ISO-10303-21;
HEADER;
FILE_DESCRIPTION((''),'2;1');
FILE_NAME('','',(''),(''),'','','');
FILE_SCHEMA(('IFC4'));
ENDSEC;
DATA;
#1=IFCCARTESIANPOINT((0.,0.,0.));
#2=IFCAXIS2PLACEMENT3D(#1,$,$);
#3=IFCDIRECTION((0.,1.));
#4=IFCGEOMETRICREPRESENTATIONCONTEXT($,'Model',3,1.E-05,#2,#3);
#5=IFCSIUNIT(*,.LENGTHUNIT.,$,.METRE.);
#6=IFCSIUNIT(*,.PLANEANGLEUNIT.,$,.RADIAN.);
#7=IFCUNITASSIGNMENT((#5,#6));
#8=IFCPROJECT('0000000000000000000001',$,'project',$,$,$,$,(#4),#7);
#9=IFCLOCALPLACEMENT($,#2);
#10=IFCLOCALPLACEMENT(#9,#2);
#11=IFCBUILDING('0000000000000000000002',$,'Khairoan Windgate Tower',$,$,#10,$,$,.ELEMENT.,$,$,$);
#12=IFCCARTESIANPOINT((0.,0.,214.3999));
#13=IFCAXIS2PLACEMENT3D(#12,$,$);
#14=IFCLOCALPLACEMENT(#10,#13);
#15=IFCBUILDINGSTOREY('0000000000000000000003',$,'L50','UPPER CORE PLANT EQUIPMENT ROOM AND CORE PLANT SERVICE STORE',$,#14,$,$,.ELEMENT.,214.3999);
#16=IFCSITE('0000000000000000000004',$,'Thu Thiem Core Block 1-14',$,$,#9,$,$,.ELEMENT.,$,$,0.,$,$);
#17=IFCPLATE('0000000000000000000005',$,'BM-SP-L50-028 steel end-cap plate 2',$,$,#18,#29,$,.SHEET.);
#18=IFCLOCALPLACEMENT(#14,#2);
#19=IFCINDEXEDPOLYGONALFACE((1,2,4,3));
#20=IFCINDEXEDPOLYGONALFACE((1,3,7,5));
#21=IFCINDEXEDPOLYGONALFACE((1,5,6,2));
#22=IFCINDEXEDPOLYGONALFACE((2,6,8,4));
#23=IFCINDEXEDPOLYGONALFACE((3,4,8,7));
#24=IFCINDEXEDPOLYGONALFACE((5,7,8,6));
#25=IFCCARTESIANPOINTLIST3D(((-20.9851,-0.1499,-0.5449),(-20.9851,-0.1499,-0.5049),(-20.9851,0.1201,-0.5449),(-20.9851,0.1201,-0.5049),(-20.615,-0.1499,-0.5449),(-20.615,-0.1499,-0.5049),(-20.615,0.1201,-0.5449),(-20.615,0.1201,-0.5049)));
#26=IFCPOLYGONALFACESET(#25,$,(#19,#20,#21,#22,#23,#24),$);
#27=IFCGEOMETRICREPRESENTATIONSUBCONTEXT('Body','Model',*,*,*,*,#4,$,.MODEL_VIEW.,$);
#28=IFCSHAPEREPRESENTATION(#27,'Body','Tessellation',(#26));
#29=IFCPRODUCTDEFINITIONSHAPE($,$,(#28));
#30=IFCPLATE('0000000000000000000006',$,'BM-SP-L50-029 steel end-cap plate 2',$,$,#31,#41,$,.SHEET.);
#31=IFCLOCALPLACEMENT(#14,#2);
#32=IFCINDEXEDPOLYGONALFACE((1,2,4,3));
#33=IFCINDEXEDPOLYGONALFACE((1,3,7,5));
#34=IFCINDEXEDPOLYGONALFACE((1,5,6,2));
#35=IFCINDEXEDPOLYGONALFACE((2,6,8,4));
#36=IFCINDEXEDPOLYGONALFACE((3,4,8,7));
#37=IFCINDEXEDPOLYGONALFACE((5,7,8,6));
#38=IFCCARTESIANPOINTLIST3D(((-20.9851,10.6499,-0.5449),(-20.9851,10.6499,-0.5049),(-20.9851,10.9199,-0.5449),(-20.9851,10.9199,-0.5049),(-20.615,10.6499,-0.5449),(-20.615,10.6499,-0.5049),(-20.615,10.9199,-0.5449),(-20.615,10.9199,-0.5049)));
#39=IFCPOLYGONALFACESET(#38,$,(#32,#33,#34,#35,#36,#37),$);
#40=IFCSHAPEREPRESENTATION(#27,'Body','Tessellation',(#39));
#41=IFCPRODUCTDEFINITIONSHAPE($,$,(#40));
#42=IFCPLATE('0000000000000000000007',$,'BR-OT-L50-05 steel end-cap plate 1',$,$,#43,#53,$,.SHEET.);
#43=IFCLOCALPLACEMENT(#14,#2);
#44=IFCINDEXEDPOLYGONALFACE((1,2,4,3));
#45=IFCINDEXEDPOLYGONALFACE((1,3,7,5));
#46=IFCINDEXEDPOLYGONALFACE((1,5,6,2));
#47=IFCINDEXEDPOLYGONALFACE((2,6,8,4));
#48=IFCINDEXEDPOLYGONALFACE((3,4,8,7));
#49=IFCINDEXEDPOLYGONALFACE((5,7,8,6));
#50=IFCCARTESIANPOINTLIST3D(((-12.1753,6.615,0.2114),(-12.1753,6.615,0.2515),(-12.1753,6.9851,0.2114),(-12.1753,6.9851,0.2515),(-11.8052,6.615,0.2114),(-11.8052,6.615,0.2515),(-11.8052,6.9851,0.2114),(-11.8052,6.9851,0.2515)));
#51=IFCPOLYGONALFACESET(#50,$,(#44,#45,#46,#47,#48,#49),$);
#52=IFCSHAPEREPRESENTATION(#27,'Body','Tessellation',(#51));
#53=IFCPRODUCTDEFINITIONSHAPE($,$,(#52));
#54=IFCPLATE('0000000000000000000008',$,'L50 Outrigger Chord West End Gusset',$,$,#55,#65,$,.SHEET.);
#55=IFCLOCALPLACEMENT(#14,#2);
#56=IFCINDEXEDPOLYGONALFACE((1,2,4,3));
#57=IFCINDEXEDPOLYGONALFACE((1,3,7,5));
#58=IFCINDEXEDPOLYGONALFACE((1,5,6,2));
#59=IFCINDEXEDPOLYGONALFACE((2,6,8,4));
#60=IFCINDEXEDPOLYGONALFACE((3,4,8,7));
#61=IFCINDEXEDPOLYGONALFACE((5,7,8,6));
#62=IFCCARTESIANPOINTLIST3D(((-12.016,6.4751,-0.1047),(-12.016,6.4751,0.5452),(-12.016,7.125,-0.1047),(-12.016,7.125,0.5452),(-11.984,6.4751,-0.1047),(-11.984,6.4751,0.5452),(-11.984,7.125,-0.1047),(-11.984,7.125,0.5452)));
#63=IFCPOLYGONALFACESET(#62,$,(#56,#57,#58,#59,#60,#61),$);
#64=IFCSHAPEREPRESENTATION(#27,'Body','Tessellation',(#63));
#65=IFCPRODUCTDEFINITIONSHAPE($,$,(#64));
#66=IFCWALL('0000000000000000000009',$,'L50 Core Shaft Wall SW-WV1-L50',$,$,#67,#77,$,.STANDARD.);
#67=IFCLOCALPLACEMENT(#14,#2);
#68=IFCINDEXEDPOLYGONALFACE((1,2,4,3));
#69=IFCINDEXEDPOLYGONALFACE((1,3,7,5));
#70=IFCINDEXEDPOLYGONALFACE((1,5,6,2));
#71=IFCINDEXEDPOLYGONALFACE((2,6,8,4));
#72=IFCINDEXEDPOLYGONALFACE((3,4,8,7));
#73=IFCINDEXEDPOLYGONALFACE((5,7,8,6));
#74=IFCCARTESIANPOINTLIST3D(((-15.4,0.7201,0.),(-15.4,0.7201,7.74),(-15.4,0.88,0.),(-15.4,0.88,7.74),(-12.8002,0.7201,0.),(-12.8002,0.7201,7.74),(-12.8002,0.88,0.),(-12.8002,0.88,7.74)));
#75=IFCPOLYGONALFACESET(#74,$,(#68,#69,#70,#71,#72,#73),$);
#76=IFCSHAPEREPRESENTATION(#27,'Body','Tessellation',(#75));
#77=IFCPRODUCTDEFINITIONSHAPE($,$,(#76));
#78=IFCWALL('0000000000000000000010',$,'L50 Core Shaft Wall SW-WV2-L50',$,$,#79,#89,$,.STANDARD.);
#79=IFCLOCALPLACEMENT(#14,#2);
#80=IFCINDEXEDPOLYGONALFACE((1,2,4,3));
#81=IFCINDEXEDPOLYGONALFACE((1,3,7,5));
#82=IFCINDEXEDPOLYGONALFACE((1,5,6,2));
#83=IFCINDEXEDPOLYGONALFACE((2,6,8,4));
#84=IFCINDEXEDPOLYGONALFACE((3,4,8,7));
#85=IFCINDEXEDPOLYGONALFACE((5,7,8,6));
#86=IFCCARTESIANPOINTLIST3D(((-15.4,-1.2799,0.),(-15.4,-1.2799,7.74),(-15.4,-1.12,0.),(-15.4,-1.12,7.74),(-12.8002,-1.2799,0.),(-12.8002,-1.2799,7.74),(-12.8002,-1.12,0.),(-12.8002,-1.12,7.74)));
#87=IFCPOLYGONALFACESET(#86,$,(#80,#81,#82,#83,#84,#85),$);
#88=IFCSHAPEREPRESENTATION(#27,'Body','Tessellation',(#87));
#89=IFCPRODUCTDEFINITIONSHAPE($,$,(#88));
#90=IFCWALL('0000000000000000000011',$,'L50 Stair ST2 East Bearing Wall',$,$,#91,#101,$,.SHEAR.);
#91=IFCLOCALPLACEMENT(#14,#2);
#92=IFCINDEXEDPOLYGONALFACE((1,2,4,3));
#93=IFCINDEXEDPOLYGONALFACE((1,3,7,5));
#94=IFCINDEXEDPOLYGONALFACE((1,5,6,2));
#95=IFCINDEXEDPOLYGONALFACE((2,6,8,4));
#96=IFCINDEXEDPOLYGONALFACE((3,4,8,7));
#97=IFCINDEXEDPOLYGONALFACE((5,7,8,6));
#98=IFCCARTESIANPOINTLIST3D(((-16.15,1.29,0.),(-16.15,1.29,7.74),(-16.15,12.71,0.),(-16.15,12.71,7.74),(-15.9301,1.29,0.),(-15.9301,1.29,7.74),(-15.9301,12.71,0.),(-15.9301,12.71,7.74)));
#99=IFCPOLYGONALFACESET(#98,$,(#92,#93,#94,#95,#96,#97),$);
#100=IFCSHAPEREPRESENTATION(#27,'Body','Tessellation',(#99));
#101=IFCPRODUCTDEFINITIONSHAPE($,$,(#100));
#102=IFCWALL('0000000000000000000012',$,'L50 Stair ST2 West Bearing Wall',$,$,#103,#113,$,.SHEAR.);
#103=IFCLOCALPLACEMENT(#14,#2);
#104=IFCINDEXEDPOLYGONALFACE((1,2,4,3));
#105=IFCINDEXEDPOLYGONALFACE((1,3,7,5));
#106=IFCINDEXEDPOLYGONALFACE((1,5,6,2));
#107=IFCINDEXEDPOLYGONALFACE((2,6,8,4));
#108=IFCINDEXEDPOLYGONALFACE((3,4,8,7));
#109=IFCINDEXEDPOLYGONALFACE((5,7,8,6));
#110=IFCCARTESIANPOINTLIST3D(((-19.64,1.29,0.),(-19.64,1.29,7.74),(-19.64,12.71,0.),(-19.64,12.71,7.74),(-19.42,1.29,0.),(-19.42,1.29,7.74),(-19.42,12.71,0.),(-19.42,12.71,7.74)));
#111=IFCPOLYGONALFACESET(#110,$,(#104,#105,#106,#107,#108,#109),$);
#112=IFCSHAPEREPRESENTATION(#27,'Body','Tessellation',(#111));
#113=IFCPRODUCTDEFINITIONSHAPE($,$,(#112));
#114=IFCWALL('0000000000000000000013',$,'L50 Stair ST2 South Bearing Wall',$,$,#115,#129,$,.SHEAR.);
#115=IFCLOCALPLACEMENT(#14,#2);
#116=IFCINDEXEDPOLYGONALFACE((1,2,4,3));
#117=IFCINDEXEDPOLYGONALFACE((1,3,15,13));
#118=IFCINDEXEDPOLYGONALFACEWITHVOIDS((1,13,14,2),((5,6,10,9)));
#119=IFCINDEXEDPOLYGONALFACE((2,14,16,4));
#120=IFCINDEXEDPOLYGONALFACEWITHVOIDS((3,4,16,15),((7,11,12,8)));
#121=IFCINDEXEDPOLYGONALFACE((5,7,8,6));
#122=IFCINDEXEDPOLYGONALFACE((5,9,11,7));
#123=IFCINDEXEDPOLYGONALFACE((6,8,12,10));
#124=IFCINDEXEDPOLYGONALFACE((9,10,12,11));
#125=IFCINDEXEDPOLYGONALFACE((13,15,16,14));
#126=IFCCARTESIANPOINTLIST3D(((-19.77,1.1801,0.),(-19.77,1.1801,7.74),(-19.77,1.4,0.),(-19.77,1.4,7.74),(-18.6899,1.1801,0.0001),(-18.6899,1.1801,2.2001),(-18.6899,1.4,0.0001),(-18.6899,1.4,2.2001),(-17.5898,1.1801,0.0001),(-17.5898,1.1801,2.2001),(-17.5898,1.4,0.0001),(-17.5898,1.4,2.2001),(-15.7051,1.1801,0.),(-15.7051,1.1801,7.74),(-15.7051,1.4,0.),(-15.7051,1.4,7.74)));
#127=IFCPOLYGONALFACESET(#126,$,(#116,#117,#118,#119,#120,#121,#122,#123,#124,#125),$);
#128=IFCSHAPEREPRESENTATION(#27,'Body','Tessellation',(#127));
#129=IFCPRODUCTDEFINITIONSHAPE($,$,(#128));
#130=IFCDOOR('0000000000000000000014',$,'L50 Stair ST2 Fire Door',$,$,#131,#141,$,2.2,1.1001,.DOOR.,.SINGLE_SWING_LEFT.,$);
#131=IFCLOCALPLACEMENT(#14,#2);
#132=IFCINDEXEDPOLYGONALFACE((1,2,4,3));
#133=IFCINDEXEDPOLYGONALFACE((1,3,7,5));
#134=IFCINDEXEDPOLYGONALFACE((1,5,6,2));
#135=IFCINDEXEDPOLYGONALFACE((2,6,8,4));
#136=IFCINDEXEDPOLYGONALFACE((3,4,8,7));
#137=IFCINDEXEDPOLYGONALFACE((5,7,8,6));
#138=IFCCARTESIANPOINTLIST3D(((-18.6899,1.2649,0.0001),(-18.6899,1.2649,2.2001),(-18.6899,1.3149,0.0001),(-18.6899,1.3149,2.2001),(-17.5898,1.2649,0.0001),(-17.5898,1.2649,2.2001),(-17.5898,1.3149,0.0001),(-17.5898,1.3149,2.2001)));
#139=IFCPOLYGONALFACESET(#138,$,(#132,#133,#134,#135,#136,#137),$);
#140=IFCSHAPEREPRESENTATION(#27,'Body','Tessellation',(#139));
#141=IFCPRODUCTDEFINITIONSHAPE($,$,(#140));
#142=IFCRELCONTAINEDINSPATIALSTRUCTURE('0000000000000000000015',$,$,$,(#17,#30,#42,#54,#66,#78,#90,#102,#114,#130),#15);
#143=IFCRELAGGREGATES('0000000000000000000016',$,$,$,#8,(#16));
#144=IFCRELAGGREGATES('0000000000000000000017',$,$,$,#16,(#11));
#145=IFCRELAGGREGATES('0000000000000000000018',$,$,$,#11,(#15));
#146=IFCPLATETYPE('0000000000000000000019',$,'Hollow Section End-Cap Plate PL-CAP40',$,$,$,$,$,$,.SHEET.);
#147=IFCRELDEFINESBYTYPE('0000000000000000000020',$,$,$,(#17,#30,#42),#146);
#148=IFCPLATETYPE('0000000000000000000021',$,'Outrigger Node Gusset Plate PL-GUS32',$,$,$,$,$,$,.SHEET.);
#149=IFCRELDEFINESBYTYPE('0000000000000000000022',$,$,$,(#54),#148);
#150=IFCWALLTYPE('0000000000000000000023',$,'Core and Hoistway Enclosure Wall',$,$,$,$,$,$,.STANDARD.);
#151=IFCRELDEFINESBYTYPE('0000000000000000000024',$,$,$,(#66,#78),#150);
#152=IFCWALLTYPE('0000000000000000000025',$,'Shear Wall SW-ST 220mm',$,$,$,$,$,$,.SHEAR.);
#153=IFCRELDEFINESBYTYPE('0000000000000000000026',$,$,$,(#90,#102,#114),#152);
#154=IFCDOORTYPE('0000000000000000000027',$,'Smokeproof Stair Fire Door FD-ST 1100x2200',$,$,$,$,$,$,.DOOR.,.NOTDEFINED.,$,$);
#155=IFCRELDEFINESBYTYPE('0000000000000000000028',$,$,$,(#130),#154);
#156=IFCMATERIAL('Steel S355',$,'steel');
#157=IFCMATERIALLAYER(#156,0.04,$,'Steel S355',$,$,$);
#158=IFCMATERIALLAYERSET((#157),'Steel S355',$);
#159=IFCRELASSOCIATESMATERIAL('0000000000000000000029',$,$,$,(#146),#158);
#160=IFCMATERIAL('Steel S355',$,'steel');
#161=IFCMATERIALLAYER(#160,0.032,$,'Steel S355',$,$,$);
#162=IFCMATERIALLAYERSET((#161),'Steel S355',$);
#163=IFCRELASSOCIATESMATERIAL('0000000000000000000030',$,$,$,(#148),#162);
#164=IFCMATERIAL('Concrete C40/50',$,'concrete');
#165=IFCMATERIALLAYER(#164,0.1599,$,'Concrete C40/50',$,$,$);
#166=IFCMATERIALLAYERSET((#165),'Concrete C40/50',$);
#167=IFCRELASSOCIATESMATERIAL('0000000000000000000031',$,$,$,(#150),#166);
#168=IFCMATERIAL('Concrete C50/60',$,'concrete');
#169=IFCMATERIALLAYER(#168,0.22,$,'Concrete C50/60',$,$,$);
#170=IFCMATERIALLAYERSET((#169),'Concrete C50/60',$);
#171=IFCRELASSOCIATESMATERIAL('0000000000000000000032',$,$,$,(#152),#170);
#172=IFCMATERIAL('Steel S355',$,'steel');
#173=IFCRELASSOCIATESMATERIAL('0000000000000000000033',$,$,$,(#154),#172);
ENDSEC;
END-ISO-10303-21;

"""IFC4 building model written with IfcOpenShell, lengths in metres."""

from ifc_helpers import new_model, si_unit, direction, frame, frame_2d, origin, origin_2d, place, context, subcontext, project, spatial, rectangle, extrude, material, layer, layer_set, type_object, element, fill, save


model = new_model("IFC4")

# Units and contexts
model_context = context("Model", 3, precision=1e-05, world=origin(), true_north=direction((0.0, 1.0)))
body_context = subcontext(model_context, "Body", "Model", "MODEL_VIEW")
ifc_project = project(units=[si_unit("LENGTHUNIT", "METRE"), si_unit("PLANEANGLEUNIT", "RADIAN")], contexts=[model_context])

# Site, building, storey
site_placement = place(None, origin())
site = spatial("IfcSite", under=ifc_project, at=site_placement, Name="Thu Thiem Core Block 1-14", CompositionType="ELEMENT", RefElevation=0.0)
building_placement = place(site_placement, origin())
building = spatial("IfcBuilding", under=site, at=building_placement, Name="Khairoan Windgate Tower", CompositionType="ELEMENT")
storey_placement = place(building_placement, frame((0.0, 0.0, 214.3999)))
storey = spatial("IfcBuildingStorey", under=building, at=storey_placement, Name="L50", Description="UPPER CORE PLANT EQUIPMENT ROOM AND CORE PLANT SERVICE STORE", CompositionType="ELEMENT", Elevation=214.3999)

# Plates
ifc_material_1 = material(Name="Steel S355", Category="steel")
ifc_layer_1 = layer(ifc_material_1, 0.04, Name="Steel S355")
ifc_layer_set_1 = layer_set([ifc_layer_1], Name="Steel S355")
plate_type_1 = type_object("IfcPlateType", Name="Hollow Section End-Cap Plate PL-CAP40", PredefinedType="SHEET", material=ifc_layer_set_1)
for number, where, z_axis, x_axis, name in (
    (1, (-20.8, -0.0149, -0.5449), (0.0, 0.0, 1.0), (0.0, 1.0, 0.0), "BM-SP-L50-028 steel end-cap plate 2"),
    (2, (-20.8, 10.7849, -0.5449), (0.0, 0.0, 1.0), (0.0, 1.0, 0.0), "BM-SP-L50-029 steel end-cap plate 2"),
):
    element("IfcPlate", number, at=place(storey_placement, frame(where, z_axis=z_axis, x_axis=x_axis)), inside=storey, type_object=plate_type_1, Name=name, PredefinedType="SHEET", context=body_context, shape_type="SweptSolid", body=[
        extrude(rectangle(XDim=0.27, YDim=0.3701, at=origin_2d()), origin(), (0.0, 0.0, 1.0), 0.04),
    ])
plate_1_placement = place(storey_placement, frame((-11.9902, 6.8, 0.2114), z_axis=(0.0, 0.0, 1.0), x_axis=(1.0, 0.0, 0.0)))
element("IfcPlate", 3, at=plate_1_placement, inside=storey, type_object=plate_type_1, Name="BR-OT-L50-05 steel end-cap plate 1", PredefinedType="SHEET", context=body_context, shape_type="SweptSolid", body=[
    extrude(rectangle(XDim=0.3701, YDim=0.3701, at=origin_2d()), origin(), (0.0, 0.0, 1.0), 0.04),
])
ifc_material_2 = material(Name="Steel S355", Category="steel")
ifc_layer_2 = layer(ifc_material_2, 0.032, Name="Steel S355")
ifc_layer_set_2 = layer_set([ifc_layer_2], Name="Steel S355")
plate_type_2 = type_object("IfcPlateType", Name="Outrigger Node Gusset Plate PL-GUS32", PredefinedType="SHEET", material=ifc_layer_set_2)
plate_2_placement = place(storey_placement, frame((-12.0, 6.8, -0.1047), z_axis=(0.0, 0.0, 1.0), x_axis=(1.0, 0.0, 0.0)))
element("IfcPlate", 4, at=plate_2_placement, inside=storey, type_object=plate_type_2, Name="L50 Outrigger Chord West End Gusset", PredefinedType="SHEET", context=body_context, shape_type="SweptSolid", body=[
    extrude(rectangle(XDim=0.032, YDim=0.6499, at=origin_2d()), origin(), (0.0, 0.0, 1.0), 0.6499),
])

# Walls
ifc_material_3 = material(Name="Concrete C40/50", Category="concrete")
ifc_layer_3 = layer(ifc_material_3, 0.1599, Name="Concrete C40/50")
ifc_layer_set_3 = layer_set([ifc_layer_3], Name="Concrete C40/50")
wall_type_1 = type_object("IfcWallType", Name="Core and Hoistway Enclosure Wall", PredefinedType="STANDARD", material=ifc_layer_set_3)
for number, where, z_axis, x_axis, name in (
    (5, (-15.3999, 0.8, 0.0), (0.0, 0.0, 1.0), (1.0, 0.0, 0.0), "L50 Core Shaft Wall SW-WV1-L50"),
    (6, (-15.3999, -1.2, 0.0), (0.0, 0.0, 1.0), (1.0, 0.0, 0.0), "L50 Core Shaft Wall SW-WV2-L50"),
):
    element("IfcWall", number, at=place(storey_placement, frame(where, z_axis=z_axis, x_axis=x_axis)), inside=storey, type_object=wall_type_1, Name=name, PredefinedType="STANDARD", context=body_context, shape_type="SweptSolid", body=[
        extrude(rectangle(XDim=2.5999, YDim=0.1599, at=frame_2d((1.2998, 0.0))), origin(), (0.0, 0.0, 1.0), 7.74),
    ])
ifc_material_4 = material(Name="Concrete C50/60", Category="concrete")
ifc_layer_4 = layer(ifc_material_4, 0.22, Name="Concrete C50/60")
ifc_layer_set_4 = layer_set([ifc_layer_4], Name="Concrete C50/60")
wall_type_2 = type_object("IfcWallType", Name="Shear Wall SW-ST 220mm", PredefinedType="SHEAR", material=ifc_layer_set_4)
for number, where, z_axis, x_axis, name in (
    (7, (-16.04, 1.29, 0.0), (0.0, 0.0, 1.0), (0.0, 1.0, 0.0), "L50 Stair ST2 East Bearing Wall"),
    (8, (-19.53, 1.29, 0.0), (0.0, 0.0, 1.0), (0.0, 1.0, 0.0), "L50 Stair ST2 West Bearing Wall"),
):
    element("IfcWall", number, at=place(storey_placement, frame(where, z_axis=z_axis, x_axis=x_axis)), inside=storey, type_object=wall_type_2, Name=name, PredefinedType="SHEAR", context=body_context, shape_type="SweptSolid", body=[
        extrude(rectangle(XDim=11.4199, YDim=0.22, at=frame_2d((5.71, 0.0))), origin(), (0.0, 0.0, 1.0), 7.74),
    ])

# Wall, opening, door
wall_placement = place(storey_placement, frame((-19.77, 1.29, 0.0), z_axis=(0.0, 0.0, 1.0), x_axis=(1.0, 0.0, 0.0)))
wall = element("IfcWall", 9, at=wall_placement, inside=storey, type_object=wall_type_2, Name="L50 Stair ST2 South Bearing Wall", PredefinedType="SHEAR", context=body_context, shape_type="SweptSolid", body=[
    extrude(rectangle(XDim=4.0649, YDim=0.22, at=frame_2d((2.0325, 0.0))), origin(), (0.0, 0.0, 1.0), 7.74),
])
opening_placement = place(wall_placement, frame((1.0801, 0.0, 0.0)))
opening = element("IfcOpeningElement", 10, at=opening_placement, cuts=wall, PredefinedType="OPENING", context=body_context, shape_type="SweptSolid", body=[
    extrude(rectangle(XDim=1.1001, YDim=2.2, at=frame_2d((0.55, 1.1001))), frame((0.0, 0.1199, 0.0), z_axis=(0.0, -1.0, 0.0), x_axis=(1.0, 0.0, 0.0)), (0.0, 0.0, 1.0), 0.24),
])
ifc_material_5 = material(Name="Steel S355", Category="steel")
door_type = type_object("IfcDoorType", Name="Smokeproof Stair Fire Door FD-ST 1100x2200", OperationType="NOTDEFINED", PredefinedType="DOOR", material=ifc_material_5)
door_placement = place(opening_placement, origin())
door = element("IfcDoor", 11, at=door_placement, inside=storey, type_object=door_type, Name="L50 Stair ST2 Fire Door", OperationType="SINGLE_SWING_LEFT", OverallHeight=2.2, OverallWidth=1.1001, PredefinedType="DOOR", context=body_context, shape_type="SweptSolid", body=[
    extrude(rectangle(XDim=1.1001, YDim=2.2, at=frame_2d((0.55, 1.1001))), frame((0.0, 0.0249, 0.0), z_axis=(0.0, -1.0, 0.0), x_axis=(1.0, 0.0, 0.0)), (0.0, 0.0, 1.0), 0.05),
])
fill(opening, door)

save(model, "model.ifc")
